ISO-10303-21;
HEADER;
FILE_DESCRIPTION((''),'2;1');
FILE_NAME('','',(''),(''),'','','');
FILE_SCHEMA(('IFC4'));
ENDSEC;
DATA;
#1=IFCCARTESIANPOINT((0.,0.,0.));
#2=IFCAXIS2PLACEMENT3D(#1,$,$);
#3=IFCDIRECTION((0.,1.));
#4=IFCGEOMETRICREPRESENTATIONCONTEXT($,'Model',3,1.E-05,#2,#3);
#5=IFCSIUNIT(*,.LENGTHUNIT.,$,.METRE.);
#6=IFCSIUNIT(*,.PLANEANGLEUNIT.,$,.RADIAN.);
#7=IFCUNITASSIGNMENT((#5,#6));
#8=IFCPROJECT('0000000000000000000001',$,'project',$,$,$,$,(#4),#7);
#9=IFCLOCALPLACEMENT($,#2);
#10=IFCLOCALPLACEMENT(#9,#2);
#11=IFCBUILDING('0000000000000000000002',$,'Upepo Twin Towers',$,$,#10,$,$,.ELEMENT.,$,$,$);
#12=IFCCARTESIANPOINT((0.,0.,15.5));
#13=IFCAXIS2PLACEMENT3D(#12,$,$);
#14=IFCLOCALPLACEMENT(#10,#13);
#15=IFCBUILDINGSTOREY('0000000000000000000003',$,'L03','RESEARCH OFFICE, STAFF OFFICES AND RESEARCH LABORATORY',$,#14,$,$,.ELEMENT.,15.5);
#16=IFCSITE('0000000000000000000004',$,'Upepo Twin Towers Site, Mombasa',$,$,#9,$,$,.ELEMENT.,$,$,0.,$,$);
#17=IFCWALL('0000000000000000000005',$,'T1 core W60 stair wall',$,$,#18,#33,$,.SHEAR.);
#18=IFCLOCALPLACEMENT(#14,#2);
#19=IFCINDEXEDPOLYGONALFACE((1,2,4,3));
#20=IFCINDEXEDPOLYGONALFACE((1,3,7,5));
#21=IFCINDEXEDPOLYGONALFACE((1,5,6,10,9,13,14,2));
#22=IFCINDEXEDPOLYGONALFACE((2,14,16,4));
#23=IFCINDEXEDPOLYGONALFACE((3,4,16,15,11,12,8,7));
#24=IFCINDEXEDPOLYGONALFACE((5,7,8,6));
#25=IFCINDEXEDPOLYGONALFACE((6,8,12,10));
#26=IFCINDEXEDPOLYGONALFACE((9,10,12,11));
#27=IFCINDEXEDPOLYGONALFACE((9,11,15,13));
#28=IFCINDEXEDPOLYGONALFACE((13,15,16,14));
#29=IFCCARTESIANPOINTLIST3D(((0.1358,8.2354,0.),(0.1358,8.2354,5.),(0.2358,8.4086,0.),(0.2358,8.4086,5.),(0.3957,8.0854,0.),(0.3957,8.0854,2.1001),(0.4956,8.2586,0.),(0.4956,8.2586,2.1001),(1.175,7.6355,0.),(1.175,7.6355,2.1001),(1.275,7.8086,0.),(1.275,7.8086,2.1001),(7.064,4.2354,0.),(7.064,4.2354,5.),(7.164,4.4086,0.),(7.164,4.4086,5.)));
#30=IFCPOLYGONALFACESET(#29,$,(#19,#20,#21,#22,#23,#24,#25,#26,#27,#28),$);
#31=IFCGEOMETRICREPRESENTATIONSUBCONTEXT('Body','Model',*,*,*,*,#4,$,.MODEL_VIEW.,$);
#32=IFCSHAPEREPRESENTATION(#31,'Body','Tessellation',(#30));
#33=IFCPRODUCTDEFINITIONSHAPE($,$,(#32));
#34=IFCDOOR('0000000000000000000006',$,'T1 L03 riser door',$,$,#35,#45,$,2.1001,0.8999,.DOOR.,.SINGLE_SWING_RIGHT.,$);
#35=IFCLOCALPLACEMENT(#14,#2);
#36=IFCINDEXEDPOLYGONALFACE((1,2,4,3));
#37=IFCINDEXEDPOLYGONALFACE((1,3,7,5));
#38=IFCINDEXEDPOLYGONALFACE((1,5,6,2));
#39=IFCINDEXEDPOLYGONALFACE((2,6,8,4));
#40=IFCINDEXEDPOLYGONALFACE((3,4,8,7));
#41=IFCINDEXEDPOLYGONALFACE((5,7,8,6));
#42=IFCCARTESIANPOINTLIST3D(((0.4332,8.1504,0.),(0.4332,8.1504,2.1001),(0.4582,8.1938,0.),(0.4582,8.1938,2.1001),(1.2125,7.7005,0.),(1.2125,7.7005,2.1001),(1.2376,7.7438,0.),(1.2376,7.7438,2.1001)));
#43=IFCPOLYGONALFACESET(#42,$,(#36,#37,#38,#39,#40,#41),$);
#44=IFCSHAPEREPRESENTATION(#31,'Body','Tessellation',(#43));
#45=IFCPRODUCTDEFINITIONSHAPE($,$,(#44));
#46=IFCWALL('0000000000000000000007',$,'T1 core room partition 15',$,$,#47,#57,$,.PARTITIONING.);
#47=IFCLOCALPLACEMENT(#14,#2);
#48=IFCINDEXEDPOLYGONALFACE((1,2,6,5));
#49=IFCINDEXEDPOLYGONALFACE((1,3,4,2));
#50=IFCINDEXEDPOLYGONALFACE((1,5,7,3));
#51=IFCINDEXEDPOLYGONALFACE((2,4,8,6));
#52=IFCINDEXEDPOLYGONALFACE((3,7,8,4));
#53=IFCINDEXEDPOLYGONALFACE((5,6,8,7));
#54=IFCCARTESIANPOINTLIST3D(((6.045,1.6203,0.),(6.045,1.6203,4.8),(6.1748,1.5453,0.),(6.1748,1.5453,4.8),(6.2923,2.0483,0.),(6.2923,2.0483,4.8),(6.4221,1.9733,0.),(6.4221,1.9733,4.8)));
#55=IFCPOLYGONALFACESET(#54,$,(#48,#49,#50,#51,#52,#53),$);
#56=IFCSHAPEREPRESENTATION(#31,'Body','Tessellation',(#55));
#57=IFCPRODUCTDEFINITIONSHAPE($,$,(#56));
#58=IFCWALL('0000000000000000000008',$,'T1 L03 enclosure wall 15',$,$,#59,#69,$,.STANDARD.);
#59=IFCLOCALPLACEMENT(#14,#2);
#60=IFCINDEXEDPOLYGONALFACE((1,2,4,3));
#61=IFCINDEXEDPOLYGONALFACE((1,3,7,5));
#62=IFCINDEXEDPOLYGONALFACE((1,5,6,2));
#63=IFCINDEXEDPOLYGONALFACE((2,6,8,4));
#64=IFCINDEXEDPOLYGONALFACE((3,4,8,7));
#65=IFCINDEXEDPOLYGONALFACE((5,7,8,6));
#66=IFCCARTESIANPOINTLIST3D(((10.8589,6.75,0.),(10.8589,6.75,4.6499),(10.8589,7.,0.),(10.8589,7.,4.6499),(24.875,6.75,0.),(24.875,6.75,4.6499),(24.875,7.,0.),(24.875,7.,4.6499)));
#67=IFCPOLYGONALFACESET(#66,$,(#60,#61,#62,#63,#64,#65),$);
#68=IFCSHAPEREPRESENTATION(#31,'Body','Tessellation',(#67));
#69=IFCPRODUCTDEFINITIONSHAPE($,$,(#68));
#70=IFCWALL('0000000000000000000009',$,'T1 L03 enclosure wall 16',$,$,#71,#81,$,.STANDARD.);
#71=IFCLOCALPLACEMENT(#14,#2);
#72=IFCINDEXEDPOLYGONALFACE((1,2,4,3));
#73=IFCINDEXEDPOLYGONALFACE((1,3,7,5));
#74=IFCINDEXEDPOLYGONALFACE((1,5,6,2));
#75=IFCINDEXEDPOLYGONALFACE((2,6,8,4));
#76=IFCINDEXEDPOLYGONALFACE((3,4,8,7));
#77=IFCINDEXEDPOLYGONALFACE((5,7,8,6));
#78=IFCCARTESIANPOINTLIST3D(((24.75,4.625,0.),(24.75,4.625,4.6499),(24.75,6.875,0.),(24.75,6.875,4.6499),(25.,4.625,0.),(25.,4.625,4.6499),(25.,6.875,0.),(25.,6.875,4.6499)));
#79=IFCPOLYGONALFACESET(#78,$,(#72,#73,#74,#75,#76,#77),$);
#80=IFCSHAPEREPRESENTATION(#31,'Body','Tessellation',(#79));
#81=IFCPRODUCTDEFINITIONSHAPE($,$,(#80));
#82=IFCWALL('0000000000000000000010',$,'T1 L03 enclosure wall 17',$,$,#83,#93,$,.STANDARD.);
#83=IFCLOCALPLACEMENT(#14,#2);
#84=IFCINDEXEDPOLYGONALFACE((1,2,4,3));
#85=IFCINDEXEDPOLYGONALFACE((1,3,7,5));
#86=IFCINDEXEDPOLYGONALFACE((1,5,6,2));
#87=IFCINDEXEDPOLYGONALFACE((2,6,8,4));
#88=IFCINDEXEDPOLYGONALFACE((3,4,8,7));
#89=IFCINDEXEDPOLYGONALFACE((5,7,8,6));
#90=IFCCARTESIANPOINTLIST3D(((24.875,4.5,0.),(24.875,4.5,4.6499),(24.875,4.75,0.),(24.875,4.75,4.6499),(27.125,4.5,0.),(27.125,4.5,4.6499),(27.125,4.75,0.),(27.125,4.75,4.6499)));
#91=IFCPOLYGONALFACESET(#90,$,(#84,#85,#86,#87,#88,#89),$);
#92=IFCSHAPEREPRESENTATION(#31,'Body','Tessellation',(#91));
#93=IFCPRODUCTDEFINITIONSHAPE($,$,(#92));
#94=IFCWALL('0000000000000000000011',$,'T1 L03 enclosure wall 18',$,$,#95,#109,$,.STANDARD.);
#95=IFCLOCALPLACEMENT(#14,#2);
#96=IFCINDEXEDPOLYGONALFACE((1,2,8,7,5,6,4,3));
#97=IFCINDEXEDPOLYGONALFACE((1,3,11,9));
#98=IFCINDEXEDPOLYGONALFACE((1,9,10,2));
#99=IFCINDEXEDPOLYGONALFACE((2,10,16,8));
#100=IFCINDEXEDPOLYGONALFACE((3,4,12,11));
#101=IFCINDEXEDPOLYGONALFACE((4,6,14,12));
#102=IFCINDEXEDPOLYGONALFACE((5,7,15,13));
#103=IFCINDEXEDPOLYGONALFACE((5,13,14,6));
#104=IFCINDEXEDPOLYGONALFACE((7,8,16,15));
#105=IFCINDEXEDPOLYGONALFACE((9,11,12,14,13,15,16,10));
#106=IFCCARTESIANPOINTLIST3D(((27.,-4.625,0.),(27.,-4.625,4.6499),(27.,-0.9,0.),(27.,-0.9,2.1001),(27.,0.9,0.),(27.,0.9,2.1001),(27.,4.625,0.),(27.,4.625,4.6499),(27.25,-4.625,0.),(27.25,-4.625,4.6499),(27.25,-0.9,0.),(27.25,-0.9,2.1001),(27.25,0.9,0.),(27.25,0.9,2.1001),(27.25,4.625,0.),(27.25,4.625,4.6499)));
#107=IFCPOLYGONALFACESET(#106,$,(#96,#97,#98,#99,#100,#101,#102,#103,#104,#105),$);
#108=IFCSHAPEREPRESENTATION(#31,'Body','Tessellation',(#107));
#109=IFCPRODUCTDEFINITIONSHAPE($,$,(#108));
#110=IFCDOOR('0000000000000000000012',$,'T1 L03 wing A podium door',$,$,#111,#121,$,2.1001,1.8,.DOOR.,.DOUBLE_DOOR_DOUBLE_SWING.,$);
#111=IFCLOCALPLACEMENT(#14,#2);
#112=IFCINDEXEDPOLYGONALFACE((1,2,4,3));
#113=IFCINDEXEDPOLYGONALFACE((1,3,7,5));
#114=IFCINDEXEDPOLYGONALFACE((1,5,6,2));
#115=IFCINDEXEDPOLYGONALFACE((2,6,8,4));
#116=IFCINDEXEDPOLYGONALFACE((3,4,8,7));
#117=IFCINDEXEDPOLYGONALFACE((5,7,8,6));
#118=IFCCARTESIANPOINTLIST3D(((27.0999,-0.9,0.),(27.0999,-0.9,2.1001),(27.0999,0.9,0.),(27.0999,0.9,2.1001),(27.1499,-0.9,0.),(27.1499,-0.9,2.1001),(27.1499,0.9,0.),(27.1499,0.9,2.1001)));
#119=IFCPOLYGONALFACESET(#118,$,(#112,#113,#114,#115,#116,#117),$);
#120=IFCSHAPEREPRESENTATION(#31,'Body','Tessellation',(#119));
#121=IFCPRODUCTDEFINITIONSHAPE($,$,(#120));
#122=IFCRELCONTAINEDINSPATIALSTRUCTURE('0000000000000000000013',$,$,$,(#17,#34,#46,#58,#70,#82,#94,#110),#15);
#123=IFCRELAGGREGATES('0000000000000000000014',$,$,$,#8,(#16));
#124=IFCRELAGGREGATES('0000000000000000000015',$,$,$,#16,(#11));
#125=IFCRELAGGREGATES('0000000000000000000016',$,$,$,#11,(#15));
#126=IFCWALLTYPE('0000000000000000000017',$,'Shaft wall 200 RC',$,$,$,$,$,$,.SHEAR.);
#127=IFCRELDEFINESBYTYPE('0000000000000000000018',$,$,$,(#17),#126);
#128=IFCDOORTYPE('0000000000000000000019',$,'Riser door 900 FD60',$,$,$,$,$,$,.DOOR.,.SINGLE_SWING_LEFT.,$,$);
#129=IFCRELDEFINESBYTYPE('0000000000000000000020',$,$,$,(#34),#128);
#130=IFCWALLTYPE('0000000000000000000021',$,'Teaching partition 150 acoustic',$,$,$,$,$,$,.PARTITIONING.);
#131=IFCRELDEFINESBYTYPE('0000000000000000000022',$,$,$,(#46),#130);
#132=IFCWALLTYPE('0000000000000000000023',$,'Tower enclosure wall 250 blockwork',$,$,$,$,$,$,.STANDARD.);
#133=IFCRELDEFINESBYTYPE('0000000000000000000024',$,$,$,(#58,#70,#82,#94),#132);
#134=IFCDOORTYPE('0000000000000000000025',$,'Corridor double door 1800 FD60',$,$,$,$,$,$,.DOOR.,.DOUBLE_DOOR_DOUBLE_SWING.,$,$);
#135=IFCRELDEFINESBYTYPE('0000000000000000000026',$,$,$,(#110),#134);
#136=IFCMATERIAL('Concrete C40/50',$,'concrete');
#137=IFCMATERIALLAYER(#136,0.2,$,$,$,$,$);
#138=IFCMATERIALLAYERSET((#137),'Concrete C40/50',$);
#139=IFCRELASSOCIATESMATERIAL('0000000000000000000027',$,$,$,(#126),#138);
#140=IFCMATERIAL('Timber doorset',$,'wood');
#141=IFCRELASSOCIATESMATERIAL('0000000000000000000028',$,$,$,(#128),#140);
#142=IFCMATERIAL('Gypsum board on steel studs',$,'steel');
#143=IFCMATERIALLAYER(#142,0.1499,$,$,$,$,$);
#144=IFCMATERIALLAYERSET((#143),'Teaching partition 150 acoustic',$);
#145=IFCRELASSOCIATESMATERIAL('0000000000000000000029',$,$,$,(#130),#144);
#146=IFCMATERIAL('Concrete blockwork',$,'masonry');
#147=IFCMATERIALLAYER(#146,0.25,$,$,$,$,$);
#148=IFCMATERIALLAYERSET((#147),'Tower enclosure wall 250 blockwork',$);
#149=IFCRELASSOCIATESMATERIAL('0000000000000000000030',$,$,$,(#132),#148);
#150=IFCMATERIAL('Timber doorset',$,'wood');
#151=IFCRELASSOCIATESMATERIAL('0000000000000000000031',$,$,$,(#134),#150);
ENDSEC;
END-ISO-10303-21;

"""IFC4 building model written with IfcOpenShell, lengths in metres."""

from ifc_helpers import new_model, si_unit, direction, frame, frame_2d, origin, place, context, subcontext, project, spatial, rectangle, extrude, material, layer, layer_set, type_object, element, fill, save


model = new_model("IFC4")

# Units and contexts
model_context = context("Model", 3, precision=1e-05, world=origin(), true_north=direction((0.0, 1.0)))
body_context = subcontext(model_context, "Body", "Model", "MODEL_VIEW")
ifc_project = project(units=[si_unit("LENGTHUNIT", "METRE"), si_unit("PLANEANGLEUNIT", "RADIAN")], contexts=[model_context])

# Site, building, storey
site_placement = place(None, origin())
site = spatial("IfcSite", under=ifc_project, at=site_placement, Name="Upepo Twin Towers Site, Mombasa", CompositionType="ELEMENT", RefElevation=0.0)
building_placement = place(site_placement, origin())
building = spatial("IfcBuilding", under=site, at=building_placement, Name="Upepo Twin Towers", CompositionType="ELEMENT")
storey_placement = place(building_placement, frame((0.0, 0.0, 15.5)))
storey = spatial("IfcBuildingStorey", under=building, at=storey_placement, Name="L03", Description="RESEARCH OFFICE, STAFF OFFICES AND RESEARCH LABORATORY", CompositionType="ELEMENT", Elevation=15.5)

# Wall, opening, door
ifc_material_1 = material(Name="Concrete C40/50", Category="concrete")
ifc_layer_1 = layer(ifc_material_1, 0.2)
ifc_layer_set_1 = layer_set([ifc_layer_1], Name="Concrete C40/50")
wall_type_1 = type_object("IfcWallType", Name="Shaft wall 200 RC", PredefinedType="SHEAR", material=ifc_layer_set_1)
wall_1_placement = place(storey_placement, frame((7.114, 4.322, 0.0), z_axis=(0.0, 0.0, 1.0), x_axis=(-0.866026, 0.499999, 0.0)))
wall_1 = element("IfcWall", 1, at=wall_1_placement, inside=storey, type_object=wall_type_1, Name="T1 core W60 stair wall", PredefinedType="SHEAR", context=body_context, shape_type="SweptSolid", body=[
    extrude(rectangle(XDim=8.0, YDim=0.2, at=frame_2d((4.0, 0.0))), origin(), (0.0, 0.0, 1.0), 5.0),
])
opening_1_placement = place(wall_1_placement, frame((6.8, 0.0, 0.0)))
opening_1 = element("IfcOpeningElement", 2, at=opening_1_placement, cuts=wall_1, PredefinedType="OPENING", context=body_context, shape_type="SweptSolid", body=[
    extrude(rectangle(XDim=0.8999, YDim=2.1001, at=frame_2d((0.45, 1.05))), frame((0.0, 0.1099, 0.0), z_axis=(0.0, -1.0, 0.0), x_axis=(1.0, 0.0, 0.0)), (0.0, 0.0, 1.0), 0.22),
])
ifc_material_2 = material(Name="Timber doorset", Category="wood")
door_type_1 = type_object("IfcDoorType", Name="Riser door 900 FD60", OperationType="SINGLE_SWING_LEFT", PredefinedType="DOOR", material=ifc_material_2)
door_1_placement = place(opening_1_placement, origin())
door_1 = element("IfcDoor", 3, at=door_1_placement, inside=storey, type_object=door_type_1, Name="T1 L03 riser door", OperationType="SINGLE_SWING_RIGHT", OverallHeight=2.1001, OverallWidth=0.8999, PredefinedType="DOOR", context=body_context, shape_type="SweptSolid", body=[
    extrude(rectangle(XDim=0.8999, YDim=2.1001, at=frame_2d((0.45, 1.05))), frame((0.0, 0.0249, 0.0), z_axis=(0.0, -1.0, 0.0), x_axis=(1.0, 0.0, 0.0)), (0.0, 0.0, 1.0), 0.05),
])
fill(opening_1, door_1)

# Walls
ifc_material_3 = material(Name="Gypsum board on steel studs", Category="steel")
ifc_layer_2 = layer(ifc_material_3, 0.1499)
ifc_layer_set_2 = layer_set([ifc_layer_2], Name="Teaching partition 150 acoustic")
wall_type_2 = type_object("IfcWallType", Name="Teaching partition 150 acoustic", PredefinedType="PARTITIONING", material=ifc_layer_set_2)
wall_2_placement = place(storey_placement, frame((6.3572, 2.0107, 0.0), z_axis=(0.0, 0.0, 1.0), x_axis=(-0.500335, -0.865832, 0.0)))
element("IfcWall", 4, at=wall_2_placement, inside=storey, type_object=wall_type_2, Name="T1 core room partition 15", PredefinedType="PARTITIONING", context=body_context, shape_type="SweptSolid", body=[
    extrude(rectangle(XDim=0.4944, YDim=0.1499, at=frame_2d((0.2471, 0.0))), origin(), (0.0, 0.0, 1.0), 4.8),
])
ifc_material_4 = material(Name="Concrete blockwork", Category="masonry")
ifc_layer_3 = layer(ifc_material_4, 0.25)
ifc_layer_set_3 = layer_set([ifc_layer_3], Name="Tower enclosure wall 250 blockwork")
wall_type_3 = type_object("IfcWallType", Name="Tower enclosure wall 250 blockwork", PredefinedType="STANDARD", material=ifc_layer_set_3)
wall_3_placement = place(storey_placement, frame((10.8589, 6.875, 0.0), z_axis=(0.0, 0.0, 1.0), x_axis=(1.0, 0.0, 0.0)))
element("IfcWall", 5, at=wall_3_placement, inside=storey, type_object=wall_type_3, Name="T1 L03 enclosure wall 15", PredefinedType="STANDARD", context=body_context, shape_type="SweptSolid", body=[
    extrude(rectangle(XDim=14.0161, YDim=0.25, at=frame_2d((7.0081, 0.0))), origin(), (0.0, 0.0, 1.0), 4.6499),
])
for number, where, z_axis, x_axis, name in (
    (6, (24.875, 6.875, 0.0), (0.0, 0.0, 1.0), (0.0, -1.0, 0.0), "T1 L03 enclosure wall 16"),
    (7, (24.875, 4.625, 0.0), (0.0, 0.0, 1.0), (1.0, 0.0, 0.0), "T1 L03 enclosure wall 17"),
):
    element("IfcWall", number, at=place(storey_placement, frame(where, z_axis=z_axis, x_axis=x_axis)), inside=storey, type_object=wall_type_3, Name=name, PredefinedType="STANDARD", context=body_context, shape_type="SweptSolid", body=[
        extrude(rectangle(XDim=2.25, YDim=0.25, at=frame_2d((1.125, 0.0))), origin(), (0.0, 0.0, 1.0), 4.6499),
    ])

# Wall, opening, door
wall_4_placement = place(storey_placement, frame((27.125, 4.625, 0.0), z_axis=(0.0, 0.0, 1.0), x_axis=(0.0, -1.0, 0.0)))
wall_4 = element("IfcWall", 8, at=wall_4_placement, inside=storey, type_object=wall_type_3, Name="T1 L03 enclosure wall 18", PredefinedType="STANDARD", context=body_context, shape_type="SweptSolid", body=[
    extrude(rectangle(XDim=9.25, YDim=0.25, at=frame_2d((4.625, 0.0))), origin(), (0.0, 0.0, 1.0), 4.6499),
])
opening_2_placement = place(wall_4_placement, frame((3.7251, 0.0, 0.0)))
opening_2 = element("IfcOpeningElement", 9, at=opening_2_placement, cuts=wall_4, PredefinedType="OPENING", context=body_context, shape_type="SweptSolid", body=[
    extrude(rectangle(XDim=1.8, YDim=2.1001, at=frame_2d((0.8999, 1.05))), frame((0.0, 0.135, 0.0), z_axis=(0.0, -1.0, 0.0), x_axis=(1.0, 0.0, 0.0)), (0.0, 0.0, 1.0), 0.27),
])
ifc_material_5 = material(Name="Timber doorset", Category="wood")
door_type_2 = type_object("IfcDoorType", Name="Corridor double door 1800 FD60", OperationType="DOUBLE_DOOR_DOUBLE_SWING", PredefinedType="DOOR", material=ifc_material_5)
door_2_placement = place(opening_2_placement, origin())
door_2 = element("IfcDoor", 10, at=door_2_placement, inside=storey, type_object=door_type_2, Name="T1 L03 wing A podium door", OperationType="DOUBLE_DOOR_DOUBLE_SWING", OverallHeight=2.1001, OverallWidth=1.8, PredefinedType="DOOR", context=body_context, shape_type="SweptSolid", body=[
    extrude(rectangle(XDim=1.8, YDim=2.1001, at=frame_2d((0.8999, 1.05))), frame((0.0, 0.0249, 0.0), z_axis=(0.0, -1.0, 0.0), x_axis=(1.0, 0.0, 0.0)), (0.0, 0.0, 1.0), 0.05),
])
fill(opening_2, door_2)

save(model, "model.ifc")
